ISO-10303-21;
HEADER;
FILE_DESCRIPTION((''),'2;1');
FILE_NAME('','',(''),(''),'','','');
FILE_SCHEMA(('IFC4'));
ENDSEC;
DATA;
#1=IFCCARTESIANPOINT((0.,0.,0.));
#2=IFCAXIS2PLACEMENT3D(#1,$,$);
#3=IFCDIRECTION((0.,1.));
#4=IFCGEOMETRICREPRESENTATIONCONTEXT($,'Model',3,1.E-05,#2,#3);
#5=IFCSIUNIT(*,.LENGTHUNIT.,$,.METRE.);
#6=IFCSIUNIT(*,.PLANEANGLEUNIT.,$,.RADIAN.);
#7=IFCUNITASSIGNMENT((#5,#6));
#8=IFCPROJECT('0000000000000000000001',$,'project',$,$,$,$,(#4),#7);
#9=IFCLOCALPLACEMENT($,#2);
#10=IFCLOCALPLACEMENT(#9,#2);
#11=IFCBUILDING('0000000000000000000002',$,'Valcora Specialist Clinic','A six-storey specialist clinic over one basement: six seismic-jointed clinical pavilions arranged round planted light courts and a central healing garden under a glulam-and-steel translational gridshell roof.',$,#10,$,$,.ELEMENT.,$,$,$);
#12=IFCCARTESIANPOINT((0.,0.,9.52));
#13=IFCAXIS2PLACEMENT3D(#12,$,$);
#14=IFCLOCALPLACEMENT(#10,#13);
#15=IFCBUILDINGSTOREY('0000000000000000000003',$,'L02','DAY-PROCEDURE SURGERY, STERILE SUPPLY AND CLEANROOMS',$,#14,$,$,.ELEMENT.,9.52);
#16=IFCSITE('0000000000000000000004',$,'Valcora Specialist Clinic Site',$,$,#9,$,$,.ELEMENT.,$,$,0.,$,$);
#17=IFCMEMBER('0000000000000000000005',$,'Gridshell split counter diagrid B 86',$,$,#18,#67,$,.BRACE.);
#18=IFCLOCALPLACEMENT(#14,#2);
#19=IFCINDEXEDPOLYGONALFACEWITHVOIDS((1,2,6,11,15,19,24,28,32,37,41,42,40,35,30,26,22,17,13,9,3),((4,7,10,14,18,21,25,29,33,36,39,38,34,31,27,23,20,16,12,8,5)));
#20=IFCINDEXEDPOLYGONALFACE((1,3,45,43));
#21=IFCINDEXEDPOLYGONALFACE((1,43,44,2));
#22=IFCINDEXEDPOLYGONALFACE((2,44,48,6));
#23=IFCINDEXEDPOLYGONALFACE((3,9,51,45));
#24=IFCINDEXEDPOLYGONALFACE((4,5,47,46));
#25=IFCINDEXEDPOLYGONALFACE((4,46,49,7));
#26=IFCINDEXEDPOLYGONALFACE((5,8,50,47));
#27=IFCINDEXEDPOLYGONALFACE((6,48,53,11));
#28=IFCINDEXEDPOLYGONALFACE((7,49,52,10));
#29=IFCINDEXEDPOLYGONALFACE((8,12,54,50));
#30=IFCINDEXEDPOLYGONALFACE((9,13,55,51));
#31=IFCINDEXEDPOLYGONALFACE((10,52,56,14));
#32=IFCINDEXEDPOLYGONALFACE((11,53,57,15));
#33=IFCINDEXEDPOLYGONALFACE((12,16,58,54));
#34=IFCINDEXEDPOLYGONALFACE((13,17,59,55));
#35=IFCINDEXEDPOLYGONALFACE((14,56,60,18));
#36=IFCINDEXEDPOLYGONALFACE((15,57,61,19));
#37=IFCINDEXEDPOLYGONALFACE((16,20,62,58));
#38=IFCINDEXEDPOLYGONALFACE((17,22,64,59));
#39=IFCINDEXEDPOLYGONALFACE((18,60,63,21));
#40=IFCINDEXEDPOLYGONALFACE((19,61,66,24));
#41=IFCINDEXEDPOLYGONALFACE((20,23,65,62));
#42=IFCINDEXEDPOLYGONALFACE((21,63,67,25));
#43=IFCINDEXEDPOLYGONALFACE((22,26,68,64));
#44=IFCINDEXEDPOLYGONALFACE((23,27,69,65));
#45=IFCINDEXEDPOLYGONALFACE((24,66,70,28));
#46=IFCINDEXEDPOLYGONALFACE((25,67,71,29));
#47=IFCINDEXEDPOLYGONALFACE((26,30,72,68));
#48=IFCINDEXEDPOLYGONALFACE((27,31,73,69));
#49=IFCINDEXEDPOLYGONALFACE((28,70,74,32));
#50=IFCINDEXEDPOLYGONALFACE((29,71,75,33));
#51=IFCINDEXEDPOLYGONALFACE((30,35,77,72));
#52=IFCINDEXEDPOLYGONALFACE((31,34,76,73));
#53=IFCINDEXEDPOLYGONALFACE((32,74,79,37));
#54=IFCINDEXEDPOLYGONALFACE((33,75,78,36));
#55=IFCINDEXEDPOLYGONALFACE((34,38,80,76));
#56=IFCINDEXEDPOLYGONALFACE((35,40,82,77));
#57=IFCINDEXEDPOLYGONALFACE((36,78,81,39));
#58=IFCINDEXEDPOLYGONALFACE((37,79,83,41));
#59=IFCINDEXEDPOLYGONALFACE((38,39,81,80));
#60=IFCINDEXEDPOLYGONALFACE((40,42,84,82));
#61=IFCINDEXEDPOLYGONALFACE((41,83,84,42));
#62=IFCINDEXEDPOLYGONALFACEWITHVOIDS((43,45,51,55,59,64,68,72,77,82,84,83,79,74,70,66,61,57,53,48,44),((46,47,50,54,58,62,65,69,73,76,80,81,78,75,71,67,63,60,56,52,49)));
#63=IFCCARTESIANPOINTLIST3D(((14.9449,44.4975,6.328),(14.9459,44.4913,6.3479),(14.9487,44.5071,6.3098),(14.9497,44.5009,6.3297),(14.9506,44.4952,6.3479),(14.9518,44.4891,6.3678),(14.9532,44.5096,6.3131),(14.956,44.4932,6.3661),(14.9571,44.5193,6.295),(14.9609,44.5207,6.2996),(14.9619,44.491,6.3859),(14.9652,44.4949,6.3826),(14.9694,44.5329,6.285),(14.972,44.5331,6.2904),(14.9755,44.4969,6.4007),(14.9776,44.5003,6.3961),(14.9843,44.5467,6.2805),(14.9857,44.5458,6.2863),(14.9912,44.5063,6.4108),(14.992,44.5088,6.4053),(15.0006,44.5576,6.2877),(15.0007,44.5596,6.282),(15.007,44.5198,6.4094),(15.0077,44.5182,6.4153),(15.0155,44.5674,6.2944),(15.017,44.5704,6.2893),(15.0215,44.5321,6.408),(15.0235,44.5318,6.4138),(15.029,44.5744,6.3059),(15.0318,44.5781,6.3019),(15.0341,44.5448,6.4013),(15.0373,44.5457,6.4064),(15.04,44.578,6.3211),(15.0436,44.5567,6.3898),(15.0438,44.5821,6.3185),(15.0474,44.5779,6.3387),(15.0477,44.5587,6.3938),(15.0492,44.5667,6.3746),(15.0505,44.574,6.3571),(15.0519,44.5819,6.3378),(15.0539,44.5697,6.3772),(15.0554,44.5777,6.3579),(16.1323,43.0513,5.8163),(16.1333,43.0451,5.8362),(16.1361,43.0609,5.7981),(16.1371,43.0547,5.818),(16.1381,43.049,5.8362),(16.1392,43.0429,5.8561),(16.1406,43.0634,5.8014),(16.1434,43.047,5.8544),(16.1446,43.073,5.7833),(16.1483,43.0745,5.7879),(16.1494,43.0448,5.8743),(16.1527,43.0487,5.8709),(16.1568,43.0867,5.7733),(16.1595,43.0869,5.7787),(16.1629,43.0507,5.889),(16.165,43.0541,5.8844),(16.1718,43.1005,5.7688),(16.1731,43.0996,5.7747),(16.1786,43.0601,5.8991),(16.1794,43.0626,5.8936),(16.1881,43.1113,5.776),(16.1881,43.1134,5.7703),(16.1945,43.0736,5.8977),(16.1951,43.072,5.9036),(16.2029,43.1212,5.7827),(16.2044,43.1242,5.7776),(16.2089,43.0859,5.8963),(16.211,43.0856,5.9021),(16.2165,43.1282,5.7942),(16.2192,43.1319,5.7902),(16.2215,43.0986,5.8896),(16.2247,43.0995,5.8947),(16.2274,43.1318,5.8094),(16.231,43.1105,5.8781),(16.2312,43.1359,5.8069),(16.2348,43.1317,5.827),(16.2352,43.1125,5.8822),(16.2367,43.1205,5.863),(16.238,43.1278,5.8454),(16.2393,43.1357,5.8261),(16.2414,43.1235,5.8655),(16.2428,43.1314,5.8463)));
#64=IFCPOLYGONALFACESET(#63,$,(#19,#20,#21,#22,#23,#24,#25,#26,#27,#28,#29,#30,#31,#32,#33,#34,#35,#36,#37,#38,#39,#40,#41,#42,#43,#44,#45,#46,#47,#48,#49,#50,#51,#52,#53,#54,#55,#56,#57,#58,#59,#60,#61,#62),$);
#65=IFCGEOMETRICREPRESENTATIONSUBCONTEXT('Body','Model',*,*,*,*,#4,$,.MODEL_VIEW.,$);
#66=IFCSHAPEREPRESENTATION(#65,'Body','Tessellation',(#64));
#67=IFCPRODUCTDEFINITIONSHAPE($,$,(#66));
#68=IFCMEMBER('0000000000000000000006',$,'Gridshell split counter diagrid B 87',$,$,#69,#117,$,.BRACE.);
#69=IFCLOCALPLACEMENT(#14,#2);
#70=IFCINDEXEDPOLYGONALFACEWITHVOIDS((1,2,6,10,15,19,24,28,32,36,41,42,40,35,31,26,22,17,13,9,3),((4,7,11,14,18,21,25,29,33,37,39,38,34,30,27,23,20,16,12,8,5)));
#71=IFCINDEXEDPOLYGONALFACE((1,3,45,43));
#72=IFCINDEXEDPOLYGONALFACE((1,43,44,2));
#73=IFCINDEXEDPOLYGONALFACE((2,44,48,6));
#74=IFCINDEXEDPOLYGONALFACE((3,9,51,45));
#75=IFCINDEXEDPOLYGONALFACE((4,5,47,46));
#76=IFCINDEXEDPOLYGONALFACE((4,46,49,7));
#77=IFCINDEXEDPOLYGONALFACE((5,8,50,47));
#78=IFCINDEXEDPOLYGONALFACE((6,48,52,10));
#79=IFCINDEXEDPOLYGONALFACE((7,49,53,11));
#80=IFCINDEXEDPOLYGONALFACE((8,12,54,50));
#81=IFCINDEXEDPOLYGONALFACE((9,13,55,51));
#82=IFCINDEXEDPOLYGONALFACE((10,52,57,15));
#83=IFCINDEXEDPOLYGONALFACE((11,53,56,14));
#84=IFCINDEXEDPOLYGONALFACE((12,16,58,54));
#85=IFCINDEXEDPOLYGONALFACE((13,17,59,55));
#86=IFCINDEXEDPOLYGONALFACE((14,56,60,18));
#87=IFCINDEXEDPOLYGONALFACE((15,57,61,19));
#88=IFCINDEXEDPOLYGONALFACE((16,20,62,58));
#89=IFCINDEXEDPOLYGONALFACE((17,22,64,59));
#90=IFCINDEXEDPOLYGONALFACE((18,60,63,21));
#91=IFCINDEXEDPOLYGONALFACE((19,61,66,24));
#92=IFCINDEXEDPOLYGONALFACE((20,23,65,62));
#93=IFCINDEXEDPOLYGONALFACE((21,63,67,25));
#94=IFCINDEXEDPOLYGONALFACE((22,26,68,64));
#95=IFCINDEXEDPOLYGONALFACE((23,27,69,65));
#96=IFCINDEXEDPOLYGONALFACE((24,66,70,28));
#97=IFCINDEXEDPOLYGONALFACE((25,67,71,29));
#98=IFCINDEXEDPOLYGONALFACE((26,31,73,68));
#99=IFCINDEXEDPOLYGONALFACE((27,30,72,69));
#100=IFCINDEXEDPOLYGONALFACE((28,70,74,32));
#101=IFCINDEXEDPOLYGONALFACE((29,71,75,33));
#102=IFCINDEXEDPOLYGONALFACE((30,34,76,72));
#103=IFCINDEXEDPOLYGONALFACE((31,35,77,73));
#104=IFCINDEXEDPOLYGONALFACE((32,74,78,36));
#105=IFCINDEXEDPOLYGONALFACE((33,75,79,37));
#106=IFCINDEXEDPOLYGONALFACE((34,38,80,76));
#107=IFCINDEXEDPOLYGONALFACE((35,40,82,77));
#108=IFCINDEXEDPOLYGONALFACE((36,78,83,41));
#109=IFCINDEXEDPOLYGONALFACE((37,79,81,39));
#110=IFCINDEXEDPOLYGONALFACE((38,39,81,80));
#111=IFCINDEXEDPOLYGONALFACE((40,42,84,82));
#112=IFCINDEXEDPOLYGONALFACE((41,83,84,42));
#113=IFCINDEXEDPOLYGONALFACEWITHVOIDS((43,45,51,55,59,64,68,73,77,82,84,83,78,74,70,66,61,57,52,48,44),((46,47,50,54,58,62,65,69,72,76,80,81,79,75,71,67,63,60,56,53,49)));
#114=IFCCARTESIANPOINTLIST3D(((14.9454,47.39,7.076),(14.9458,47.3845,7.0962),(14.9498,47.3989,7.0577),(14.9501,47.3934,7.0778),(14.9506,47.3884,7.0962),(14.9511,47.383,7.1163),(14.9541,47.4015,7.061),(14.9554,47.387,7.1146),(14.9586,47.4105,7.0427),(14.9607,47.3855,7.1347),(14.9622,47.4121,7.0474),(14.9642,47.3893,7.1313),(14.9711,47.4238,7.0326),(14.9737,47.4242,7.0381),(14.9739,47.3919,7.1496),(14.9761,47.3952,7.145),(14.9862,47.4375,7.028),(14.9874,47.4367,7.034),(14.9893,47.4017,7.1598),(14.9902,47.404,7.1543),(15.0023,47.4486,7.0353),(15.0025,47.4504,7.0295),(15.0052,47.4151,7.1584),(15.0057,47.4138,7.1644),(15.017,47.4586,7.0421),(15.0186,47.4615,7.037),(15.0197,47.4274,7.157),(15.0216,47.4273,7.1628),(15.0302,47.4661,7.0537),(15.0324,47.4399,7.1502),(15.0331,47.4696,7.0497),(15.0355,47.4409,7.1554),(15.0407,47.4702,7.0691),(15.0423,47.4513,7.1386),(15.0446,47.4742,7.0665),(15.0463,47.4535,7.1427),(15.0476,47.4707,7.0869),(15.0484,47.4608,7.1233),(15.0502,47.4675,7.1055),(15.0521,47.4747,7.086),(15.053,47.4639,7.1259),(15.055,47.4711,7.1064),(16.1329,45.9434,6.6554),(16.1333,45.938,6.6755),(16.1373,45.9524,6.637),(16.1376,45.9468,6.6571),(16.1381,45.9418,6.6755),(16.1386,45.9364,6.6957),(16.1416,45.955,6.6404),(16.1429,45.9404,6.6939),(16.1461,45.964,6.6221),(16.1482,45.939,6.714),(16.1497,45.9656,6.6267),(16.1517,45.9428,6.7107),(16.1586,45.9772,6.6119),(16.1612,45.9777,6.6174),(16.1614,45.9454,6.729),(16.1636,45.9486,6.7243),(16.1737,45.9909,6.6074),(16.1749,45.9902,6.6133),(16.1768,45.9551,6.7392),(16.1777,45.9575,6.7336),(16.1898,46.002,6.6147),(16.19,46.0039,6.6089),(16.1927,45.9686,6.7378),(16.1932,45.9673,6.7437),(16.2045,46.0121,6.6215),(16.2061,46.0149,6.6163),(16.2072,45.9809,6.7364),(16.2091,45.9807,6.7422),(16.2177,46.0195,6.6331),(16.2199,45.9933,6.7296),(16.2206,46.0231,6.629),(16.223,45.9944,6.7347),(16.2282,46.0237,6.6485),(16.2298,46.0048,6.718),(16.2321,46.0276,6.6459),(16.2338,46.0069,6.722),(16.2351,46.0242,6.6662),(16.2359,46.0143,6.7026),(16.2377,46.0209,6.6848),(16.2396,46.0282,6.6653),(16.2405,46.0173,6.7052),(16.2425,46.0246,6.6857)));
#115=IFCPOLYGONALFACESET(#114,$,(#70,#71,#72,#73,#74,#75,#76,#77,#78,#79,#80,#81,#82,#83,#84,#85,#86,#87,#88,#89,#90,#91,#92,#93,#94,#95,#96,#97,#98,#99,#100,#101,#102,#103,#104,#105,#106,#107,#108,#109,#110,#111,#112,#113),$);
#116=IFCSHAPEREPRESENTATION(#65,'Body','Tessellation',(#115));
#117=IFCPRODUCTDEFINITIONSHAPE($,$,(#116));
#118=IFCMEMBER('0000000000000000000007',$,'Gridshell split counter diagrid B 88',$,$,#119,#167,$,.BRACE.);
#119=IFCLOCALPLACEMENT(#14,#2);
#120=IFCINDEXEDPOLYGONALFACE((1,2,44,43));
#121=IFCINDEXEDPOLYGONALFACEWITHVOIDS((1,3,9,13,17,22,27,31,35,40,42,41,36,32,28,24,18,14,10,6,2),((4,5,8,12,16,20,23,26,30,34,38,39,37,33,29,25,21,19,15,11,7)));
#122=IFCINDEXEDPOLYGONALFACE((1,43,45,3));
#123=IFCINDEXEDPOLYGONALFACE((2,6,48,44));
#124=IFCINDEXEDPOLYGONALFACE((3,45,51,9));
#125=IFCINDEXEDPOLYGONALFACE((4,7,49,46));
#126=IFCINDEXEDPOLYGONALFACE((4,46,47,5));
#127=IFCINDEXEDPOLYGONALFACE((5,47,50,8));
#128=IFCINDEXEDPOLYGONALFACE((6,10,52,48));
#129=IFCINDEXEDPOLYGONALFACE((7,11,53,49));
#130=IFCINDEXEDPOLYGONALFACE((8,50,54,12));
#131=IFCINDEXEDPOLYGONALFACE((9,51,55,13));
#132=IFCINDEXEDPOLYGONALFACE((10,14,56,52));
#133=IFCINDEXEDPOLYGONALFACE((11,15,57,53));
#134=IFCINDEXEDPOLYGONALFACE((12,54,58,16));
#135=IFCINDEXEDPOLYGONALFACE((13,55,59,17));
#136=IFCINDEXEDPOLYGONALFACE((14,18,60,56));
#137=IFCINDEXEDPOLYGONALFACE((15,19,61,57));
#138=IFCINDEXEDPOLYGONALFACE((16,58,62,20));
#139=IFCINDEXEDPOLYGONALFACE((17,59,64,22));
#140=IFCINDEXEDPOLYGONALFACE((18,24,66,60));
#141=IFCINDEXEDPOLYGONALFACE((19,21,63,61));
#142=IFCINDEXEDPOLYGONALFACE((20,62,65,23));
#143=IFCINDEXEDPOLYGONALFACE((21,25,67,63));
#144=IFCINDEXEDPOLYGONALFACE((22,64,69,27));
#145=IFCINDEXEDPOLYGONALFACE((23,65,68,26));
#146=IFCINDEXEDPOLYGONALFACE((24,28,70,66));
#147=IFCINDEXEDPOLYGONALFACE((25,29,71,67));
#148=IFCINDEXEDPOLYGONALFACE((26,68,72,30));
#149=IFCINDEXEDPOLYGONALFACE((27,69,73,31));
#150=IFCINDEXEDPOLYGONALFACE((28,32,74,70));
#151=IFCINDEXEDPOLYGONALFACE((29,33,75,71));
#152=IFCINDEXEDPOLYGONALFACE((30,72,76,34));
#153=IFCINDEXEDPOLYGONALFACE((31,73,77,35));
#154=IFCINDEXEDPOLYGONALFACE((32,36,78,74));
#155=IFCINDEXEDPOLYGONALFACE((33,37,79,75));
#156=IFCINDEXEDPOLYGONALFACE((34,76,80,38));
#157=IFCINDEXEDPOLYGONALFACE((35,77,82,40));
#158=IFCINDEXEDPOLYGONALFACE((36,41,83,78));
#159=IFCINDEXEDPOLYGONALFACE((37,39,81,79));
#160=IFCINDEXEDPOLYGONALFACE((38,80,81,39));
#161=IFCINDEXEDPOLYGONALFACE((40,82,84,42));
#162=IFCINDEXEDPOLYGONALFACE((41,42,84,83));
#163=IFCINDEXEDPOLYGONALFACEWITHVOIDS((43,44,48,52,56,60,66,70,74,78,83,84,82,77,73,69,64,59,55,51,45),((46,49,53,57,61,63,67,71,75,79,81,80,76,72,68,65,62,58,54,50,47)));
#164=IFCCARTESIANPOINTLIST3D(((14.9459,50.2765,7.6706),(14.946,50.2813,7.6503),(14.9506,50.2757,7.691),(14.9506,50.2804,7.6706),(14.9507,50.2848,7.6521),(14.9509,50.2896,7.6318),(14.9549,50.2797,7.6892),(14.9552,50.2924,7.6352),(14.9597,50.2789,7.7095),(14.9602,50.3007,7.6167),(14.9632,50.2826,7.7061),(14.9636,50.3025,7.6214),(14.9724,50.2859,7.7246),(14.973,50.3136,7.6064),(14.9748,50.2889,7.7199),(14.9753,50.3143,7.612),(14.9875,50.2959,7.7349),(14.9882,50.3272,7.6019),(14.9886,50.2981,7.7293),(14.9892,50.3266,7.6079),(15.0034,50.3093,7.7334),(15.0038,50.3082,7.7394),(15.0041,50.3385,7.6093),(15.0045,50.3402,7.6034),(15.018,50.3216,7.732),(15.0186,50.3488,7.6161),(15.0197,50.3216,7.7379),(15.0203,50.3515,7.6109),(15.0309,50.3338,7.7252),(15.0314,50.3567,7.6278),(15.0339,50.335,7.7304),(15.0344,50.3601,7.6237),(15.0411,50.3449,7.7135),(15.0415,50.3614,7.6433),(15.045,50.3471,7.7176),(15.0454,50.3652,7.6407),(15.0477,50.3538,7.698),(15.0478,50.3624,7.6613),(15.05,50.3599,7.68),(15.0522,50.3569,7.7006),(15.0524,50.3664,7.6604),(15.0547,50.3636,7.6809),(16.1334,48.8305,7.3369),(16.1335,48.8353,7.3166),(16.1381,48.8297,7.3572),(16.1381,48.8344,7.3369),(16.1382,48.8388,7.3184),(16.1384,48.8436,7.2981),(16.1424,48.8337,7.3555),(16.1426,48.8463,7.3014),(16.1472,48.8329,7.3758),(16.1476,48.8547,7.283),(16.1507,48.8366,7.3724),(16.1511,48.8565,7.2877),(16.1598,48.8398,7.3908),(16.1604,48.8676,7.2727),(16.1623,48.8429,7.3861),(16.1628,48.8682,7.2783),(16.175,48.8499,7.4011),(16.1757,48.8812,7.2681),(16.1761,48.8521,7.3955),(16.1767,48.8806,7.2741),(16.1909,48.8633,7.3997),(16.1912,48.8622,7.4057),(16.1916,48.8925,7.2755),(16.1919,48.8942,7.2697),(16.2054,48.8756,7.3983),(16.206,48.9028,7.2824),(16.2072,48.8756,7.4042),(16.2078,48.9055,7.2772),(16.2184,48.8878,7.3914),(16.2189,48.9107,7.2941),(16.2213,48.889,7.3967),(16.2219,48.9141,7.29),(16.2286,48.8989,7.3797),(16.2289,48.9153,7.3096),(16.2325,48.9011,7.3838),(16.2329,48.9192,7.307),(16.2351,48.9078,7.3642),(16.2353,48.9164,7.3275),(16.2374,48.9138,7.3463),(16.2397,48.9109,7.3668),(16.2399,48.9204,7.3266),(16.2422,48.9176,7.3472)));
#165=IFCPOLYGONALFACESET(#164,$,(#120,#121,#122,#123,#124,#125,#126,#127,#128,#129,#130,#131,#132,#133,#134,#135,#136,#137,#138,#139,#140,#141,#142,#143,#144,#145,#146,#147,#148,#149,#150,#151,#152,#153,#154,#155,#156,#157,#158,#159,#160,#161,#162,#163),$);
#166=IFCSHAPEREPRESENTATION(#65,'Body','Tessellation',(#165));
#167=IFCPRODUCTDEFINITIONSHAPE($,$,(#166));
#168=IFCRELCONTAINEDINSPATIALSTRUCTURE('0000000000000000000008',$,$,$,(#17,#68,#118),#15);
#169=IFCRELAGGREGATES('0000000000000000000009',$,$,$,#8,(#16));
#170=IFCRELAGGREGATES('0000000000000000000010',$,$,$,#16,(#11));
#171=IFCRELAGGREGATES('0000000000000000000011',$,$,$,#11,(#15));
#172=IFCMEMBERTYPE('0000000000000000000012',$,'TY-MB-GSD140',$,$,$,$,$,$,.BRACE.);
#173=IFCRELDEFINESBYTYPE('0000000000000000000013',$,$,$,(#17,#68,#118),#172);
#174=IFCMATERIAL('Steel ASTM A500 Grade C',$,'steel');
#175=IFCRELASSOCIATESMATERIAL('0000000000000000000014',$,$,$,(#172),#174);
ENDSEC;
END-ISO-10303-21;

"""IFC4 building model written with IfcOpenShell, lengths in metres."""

from ifc_helpers import new_model, si_unit, direction, frame, origin, origin_2d, place, context, subcontext, project, spatial, hollow_circle, extrude, material, material_profile, profile_set, type_object, element, save


model = new_model("IFC4")

# Units and contexts
model_context = context("Model", 3, precision=1e-05, world=origin(), true_north=direction((0.0, 1.0)))
body_context = subcontext(model_context, "Body", "Model", "MODEL_VIEW")
ifc_project = project(units=[si_unit("LENGTHUNIT", "METRE"), si_unit("PLANEANGLEUNIT", "RADIAN")], contexts=[model_context])

# Site, building, storey
site_placement = place(None, origin())
site = spatial("IfcSite", under=ifc_project, at=site_placement, Name="Valcora Specialist Clinic Site", CompositionType="ELEMENT", RefElevation=0.0)
building_placement = place(site_placement, origin())
building = spatial("IfcBuilding", under=site, at=building_placement, Name="Valcora Specialist Clinic", Description="A six-storey specialist clinic over one basement: six seismic-jointed clinical pavilions arranged round planted light courts and a central healing garden under a glulam-and-steel translational gridshell roof.", CompositionType="ELEMENT")
storey_placement = place(building_placement, frame((0.0, 0.0, 9.52)))
storey = spatial("IfcBuildingStorey", under=building, at=storey_placement, Name="L02", Description="DAY-PROCEDURE SURGERY, STERILE SUPPLY AND CLEANROOMS", CompositionType="ELEMENT", Elevation=9.52)

# Members
ifc_material_1 = material(Name="Steel ASTM A500 Grade C", Category="steel")
ifc_material_profile_1 = material_profile(ifc_material_1, hollow_circle(Radius=0.0701, WallThickness=0.0061, at=origin_2d()), Name="ST-CHS-140X6")
ifc_profile_set_1 = profile_set([ifc_material_profile_1], Name="Steel ASTM A500 Grade C")
member_type_1 = type_object("IfcMemberType", Name="TY-MB-GSD140", PredefinedType="BRACE", material=ifc_profile_set_1)
member_1_placement = place(storey_placement, frame((16.1875, 43.0896, 5.8362), z_axis=(-0.6121, 0.745494, 0.263767), x_axis=(-0.772863, -0.634572, 0.0)))
element("IfcMember", 1, at=member_1_placement, inside=storey, type_object=member_type_1, Name="Gridshell split counter diagrid B 86", PredefinedType="BRACE", context=body_context, shape_type="SweptSolid", body=[
    extrude(hollow_circle(Radius=0.0701, WallThickness=0.0061, at=origin_2d()), origin(), (0.0, 0.0, 1.0), 1.9399),
])
member_2_placement = place(storey_placement, frame((16.1875, 45.9824, 6.6755), z_axis=(-0.619064, 0.754102, 0.219294), x_axis=(-0.772916, -0.634508, 0.0)))
element("IfcMember", 2, at=member_2_placement, inside=storey, type_object=member_type_1, Name="Gridshell split counter diagrid B 87", PredefinedType="BRACE", context=body_context, shape_type="SweptSolid", body=[
    extrude(hollow_circle(Radius=0.0701, WallThickness=0.0061, at=origin_2d()), origin(), (0.0, 0.0, 1.0), 1.9182),
])
member_3_placement = place(storey_placement, frame((16.1875, 48.875, 7.3369), z_axis=(-0.624776, 0.760804, 0.17559), x_axis=(-0.772811, -0.634636, 0.0)))
element("IfcMember", 3, at=member_3_placement, inside=storey, type_object=member_type_1, Name="Gridshell split counter diagrid B 88", PredefinedType="BRACE", context=body_context, shape_type="SweptSolid", body=[
    extrude(hollow_circle(Radius=0.0701, WallThickness=0.0061, at=origin_2d()), origin(), (0.0, 0.0, 1.0), 1.9006),
])

save(model, "model.ifc")
